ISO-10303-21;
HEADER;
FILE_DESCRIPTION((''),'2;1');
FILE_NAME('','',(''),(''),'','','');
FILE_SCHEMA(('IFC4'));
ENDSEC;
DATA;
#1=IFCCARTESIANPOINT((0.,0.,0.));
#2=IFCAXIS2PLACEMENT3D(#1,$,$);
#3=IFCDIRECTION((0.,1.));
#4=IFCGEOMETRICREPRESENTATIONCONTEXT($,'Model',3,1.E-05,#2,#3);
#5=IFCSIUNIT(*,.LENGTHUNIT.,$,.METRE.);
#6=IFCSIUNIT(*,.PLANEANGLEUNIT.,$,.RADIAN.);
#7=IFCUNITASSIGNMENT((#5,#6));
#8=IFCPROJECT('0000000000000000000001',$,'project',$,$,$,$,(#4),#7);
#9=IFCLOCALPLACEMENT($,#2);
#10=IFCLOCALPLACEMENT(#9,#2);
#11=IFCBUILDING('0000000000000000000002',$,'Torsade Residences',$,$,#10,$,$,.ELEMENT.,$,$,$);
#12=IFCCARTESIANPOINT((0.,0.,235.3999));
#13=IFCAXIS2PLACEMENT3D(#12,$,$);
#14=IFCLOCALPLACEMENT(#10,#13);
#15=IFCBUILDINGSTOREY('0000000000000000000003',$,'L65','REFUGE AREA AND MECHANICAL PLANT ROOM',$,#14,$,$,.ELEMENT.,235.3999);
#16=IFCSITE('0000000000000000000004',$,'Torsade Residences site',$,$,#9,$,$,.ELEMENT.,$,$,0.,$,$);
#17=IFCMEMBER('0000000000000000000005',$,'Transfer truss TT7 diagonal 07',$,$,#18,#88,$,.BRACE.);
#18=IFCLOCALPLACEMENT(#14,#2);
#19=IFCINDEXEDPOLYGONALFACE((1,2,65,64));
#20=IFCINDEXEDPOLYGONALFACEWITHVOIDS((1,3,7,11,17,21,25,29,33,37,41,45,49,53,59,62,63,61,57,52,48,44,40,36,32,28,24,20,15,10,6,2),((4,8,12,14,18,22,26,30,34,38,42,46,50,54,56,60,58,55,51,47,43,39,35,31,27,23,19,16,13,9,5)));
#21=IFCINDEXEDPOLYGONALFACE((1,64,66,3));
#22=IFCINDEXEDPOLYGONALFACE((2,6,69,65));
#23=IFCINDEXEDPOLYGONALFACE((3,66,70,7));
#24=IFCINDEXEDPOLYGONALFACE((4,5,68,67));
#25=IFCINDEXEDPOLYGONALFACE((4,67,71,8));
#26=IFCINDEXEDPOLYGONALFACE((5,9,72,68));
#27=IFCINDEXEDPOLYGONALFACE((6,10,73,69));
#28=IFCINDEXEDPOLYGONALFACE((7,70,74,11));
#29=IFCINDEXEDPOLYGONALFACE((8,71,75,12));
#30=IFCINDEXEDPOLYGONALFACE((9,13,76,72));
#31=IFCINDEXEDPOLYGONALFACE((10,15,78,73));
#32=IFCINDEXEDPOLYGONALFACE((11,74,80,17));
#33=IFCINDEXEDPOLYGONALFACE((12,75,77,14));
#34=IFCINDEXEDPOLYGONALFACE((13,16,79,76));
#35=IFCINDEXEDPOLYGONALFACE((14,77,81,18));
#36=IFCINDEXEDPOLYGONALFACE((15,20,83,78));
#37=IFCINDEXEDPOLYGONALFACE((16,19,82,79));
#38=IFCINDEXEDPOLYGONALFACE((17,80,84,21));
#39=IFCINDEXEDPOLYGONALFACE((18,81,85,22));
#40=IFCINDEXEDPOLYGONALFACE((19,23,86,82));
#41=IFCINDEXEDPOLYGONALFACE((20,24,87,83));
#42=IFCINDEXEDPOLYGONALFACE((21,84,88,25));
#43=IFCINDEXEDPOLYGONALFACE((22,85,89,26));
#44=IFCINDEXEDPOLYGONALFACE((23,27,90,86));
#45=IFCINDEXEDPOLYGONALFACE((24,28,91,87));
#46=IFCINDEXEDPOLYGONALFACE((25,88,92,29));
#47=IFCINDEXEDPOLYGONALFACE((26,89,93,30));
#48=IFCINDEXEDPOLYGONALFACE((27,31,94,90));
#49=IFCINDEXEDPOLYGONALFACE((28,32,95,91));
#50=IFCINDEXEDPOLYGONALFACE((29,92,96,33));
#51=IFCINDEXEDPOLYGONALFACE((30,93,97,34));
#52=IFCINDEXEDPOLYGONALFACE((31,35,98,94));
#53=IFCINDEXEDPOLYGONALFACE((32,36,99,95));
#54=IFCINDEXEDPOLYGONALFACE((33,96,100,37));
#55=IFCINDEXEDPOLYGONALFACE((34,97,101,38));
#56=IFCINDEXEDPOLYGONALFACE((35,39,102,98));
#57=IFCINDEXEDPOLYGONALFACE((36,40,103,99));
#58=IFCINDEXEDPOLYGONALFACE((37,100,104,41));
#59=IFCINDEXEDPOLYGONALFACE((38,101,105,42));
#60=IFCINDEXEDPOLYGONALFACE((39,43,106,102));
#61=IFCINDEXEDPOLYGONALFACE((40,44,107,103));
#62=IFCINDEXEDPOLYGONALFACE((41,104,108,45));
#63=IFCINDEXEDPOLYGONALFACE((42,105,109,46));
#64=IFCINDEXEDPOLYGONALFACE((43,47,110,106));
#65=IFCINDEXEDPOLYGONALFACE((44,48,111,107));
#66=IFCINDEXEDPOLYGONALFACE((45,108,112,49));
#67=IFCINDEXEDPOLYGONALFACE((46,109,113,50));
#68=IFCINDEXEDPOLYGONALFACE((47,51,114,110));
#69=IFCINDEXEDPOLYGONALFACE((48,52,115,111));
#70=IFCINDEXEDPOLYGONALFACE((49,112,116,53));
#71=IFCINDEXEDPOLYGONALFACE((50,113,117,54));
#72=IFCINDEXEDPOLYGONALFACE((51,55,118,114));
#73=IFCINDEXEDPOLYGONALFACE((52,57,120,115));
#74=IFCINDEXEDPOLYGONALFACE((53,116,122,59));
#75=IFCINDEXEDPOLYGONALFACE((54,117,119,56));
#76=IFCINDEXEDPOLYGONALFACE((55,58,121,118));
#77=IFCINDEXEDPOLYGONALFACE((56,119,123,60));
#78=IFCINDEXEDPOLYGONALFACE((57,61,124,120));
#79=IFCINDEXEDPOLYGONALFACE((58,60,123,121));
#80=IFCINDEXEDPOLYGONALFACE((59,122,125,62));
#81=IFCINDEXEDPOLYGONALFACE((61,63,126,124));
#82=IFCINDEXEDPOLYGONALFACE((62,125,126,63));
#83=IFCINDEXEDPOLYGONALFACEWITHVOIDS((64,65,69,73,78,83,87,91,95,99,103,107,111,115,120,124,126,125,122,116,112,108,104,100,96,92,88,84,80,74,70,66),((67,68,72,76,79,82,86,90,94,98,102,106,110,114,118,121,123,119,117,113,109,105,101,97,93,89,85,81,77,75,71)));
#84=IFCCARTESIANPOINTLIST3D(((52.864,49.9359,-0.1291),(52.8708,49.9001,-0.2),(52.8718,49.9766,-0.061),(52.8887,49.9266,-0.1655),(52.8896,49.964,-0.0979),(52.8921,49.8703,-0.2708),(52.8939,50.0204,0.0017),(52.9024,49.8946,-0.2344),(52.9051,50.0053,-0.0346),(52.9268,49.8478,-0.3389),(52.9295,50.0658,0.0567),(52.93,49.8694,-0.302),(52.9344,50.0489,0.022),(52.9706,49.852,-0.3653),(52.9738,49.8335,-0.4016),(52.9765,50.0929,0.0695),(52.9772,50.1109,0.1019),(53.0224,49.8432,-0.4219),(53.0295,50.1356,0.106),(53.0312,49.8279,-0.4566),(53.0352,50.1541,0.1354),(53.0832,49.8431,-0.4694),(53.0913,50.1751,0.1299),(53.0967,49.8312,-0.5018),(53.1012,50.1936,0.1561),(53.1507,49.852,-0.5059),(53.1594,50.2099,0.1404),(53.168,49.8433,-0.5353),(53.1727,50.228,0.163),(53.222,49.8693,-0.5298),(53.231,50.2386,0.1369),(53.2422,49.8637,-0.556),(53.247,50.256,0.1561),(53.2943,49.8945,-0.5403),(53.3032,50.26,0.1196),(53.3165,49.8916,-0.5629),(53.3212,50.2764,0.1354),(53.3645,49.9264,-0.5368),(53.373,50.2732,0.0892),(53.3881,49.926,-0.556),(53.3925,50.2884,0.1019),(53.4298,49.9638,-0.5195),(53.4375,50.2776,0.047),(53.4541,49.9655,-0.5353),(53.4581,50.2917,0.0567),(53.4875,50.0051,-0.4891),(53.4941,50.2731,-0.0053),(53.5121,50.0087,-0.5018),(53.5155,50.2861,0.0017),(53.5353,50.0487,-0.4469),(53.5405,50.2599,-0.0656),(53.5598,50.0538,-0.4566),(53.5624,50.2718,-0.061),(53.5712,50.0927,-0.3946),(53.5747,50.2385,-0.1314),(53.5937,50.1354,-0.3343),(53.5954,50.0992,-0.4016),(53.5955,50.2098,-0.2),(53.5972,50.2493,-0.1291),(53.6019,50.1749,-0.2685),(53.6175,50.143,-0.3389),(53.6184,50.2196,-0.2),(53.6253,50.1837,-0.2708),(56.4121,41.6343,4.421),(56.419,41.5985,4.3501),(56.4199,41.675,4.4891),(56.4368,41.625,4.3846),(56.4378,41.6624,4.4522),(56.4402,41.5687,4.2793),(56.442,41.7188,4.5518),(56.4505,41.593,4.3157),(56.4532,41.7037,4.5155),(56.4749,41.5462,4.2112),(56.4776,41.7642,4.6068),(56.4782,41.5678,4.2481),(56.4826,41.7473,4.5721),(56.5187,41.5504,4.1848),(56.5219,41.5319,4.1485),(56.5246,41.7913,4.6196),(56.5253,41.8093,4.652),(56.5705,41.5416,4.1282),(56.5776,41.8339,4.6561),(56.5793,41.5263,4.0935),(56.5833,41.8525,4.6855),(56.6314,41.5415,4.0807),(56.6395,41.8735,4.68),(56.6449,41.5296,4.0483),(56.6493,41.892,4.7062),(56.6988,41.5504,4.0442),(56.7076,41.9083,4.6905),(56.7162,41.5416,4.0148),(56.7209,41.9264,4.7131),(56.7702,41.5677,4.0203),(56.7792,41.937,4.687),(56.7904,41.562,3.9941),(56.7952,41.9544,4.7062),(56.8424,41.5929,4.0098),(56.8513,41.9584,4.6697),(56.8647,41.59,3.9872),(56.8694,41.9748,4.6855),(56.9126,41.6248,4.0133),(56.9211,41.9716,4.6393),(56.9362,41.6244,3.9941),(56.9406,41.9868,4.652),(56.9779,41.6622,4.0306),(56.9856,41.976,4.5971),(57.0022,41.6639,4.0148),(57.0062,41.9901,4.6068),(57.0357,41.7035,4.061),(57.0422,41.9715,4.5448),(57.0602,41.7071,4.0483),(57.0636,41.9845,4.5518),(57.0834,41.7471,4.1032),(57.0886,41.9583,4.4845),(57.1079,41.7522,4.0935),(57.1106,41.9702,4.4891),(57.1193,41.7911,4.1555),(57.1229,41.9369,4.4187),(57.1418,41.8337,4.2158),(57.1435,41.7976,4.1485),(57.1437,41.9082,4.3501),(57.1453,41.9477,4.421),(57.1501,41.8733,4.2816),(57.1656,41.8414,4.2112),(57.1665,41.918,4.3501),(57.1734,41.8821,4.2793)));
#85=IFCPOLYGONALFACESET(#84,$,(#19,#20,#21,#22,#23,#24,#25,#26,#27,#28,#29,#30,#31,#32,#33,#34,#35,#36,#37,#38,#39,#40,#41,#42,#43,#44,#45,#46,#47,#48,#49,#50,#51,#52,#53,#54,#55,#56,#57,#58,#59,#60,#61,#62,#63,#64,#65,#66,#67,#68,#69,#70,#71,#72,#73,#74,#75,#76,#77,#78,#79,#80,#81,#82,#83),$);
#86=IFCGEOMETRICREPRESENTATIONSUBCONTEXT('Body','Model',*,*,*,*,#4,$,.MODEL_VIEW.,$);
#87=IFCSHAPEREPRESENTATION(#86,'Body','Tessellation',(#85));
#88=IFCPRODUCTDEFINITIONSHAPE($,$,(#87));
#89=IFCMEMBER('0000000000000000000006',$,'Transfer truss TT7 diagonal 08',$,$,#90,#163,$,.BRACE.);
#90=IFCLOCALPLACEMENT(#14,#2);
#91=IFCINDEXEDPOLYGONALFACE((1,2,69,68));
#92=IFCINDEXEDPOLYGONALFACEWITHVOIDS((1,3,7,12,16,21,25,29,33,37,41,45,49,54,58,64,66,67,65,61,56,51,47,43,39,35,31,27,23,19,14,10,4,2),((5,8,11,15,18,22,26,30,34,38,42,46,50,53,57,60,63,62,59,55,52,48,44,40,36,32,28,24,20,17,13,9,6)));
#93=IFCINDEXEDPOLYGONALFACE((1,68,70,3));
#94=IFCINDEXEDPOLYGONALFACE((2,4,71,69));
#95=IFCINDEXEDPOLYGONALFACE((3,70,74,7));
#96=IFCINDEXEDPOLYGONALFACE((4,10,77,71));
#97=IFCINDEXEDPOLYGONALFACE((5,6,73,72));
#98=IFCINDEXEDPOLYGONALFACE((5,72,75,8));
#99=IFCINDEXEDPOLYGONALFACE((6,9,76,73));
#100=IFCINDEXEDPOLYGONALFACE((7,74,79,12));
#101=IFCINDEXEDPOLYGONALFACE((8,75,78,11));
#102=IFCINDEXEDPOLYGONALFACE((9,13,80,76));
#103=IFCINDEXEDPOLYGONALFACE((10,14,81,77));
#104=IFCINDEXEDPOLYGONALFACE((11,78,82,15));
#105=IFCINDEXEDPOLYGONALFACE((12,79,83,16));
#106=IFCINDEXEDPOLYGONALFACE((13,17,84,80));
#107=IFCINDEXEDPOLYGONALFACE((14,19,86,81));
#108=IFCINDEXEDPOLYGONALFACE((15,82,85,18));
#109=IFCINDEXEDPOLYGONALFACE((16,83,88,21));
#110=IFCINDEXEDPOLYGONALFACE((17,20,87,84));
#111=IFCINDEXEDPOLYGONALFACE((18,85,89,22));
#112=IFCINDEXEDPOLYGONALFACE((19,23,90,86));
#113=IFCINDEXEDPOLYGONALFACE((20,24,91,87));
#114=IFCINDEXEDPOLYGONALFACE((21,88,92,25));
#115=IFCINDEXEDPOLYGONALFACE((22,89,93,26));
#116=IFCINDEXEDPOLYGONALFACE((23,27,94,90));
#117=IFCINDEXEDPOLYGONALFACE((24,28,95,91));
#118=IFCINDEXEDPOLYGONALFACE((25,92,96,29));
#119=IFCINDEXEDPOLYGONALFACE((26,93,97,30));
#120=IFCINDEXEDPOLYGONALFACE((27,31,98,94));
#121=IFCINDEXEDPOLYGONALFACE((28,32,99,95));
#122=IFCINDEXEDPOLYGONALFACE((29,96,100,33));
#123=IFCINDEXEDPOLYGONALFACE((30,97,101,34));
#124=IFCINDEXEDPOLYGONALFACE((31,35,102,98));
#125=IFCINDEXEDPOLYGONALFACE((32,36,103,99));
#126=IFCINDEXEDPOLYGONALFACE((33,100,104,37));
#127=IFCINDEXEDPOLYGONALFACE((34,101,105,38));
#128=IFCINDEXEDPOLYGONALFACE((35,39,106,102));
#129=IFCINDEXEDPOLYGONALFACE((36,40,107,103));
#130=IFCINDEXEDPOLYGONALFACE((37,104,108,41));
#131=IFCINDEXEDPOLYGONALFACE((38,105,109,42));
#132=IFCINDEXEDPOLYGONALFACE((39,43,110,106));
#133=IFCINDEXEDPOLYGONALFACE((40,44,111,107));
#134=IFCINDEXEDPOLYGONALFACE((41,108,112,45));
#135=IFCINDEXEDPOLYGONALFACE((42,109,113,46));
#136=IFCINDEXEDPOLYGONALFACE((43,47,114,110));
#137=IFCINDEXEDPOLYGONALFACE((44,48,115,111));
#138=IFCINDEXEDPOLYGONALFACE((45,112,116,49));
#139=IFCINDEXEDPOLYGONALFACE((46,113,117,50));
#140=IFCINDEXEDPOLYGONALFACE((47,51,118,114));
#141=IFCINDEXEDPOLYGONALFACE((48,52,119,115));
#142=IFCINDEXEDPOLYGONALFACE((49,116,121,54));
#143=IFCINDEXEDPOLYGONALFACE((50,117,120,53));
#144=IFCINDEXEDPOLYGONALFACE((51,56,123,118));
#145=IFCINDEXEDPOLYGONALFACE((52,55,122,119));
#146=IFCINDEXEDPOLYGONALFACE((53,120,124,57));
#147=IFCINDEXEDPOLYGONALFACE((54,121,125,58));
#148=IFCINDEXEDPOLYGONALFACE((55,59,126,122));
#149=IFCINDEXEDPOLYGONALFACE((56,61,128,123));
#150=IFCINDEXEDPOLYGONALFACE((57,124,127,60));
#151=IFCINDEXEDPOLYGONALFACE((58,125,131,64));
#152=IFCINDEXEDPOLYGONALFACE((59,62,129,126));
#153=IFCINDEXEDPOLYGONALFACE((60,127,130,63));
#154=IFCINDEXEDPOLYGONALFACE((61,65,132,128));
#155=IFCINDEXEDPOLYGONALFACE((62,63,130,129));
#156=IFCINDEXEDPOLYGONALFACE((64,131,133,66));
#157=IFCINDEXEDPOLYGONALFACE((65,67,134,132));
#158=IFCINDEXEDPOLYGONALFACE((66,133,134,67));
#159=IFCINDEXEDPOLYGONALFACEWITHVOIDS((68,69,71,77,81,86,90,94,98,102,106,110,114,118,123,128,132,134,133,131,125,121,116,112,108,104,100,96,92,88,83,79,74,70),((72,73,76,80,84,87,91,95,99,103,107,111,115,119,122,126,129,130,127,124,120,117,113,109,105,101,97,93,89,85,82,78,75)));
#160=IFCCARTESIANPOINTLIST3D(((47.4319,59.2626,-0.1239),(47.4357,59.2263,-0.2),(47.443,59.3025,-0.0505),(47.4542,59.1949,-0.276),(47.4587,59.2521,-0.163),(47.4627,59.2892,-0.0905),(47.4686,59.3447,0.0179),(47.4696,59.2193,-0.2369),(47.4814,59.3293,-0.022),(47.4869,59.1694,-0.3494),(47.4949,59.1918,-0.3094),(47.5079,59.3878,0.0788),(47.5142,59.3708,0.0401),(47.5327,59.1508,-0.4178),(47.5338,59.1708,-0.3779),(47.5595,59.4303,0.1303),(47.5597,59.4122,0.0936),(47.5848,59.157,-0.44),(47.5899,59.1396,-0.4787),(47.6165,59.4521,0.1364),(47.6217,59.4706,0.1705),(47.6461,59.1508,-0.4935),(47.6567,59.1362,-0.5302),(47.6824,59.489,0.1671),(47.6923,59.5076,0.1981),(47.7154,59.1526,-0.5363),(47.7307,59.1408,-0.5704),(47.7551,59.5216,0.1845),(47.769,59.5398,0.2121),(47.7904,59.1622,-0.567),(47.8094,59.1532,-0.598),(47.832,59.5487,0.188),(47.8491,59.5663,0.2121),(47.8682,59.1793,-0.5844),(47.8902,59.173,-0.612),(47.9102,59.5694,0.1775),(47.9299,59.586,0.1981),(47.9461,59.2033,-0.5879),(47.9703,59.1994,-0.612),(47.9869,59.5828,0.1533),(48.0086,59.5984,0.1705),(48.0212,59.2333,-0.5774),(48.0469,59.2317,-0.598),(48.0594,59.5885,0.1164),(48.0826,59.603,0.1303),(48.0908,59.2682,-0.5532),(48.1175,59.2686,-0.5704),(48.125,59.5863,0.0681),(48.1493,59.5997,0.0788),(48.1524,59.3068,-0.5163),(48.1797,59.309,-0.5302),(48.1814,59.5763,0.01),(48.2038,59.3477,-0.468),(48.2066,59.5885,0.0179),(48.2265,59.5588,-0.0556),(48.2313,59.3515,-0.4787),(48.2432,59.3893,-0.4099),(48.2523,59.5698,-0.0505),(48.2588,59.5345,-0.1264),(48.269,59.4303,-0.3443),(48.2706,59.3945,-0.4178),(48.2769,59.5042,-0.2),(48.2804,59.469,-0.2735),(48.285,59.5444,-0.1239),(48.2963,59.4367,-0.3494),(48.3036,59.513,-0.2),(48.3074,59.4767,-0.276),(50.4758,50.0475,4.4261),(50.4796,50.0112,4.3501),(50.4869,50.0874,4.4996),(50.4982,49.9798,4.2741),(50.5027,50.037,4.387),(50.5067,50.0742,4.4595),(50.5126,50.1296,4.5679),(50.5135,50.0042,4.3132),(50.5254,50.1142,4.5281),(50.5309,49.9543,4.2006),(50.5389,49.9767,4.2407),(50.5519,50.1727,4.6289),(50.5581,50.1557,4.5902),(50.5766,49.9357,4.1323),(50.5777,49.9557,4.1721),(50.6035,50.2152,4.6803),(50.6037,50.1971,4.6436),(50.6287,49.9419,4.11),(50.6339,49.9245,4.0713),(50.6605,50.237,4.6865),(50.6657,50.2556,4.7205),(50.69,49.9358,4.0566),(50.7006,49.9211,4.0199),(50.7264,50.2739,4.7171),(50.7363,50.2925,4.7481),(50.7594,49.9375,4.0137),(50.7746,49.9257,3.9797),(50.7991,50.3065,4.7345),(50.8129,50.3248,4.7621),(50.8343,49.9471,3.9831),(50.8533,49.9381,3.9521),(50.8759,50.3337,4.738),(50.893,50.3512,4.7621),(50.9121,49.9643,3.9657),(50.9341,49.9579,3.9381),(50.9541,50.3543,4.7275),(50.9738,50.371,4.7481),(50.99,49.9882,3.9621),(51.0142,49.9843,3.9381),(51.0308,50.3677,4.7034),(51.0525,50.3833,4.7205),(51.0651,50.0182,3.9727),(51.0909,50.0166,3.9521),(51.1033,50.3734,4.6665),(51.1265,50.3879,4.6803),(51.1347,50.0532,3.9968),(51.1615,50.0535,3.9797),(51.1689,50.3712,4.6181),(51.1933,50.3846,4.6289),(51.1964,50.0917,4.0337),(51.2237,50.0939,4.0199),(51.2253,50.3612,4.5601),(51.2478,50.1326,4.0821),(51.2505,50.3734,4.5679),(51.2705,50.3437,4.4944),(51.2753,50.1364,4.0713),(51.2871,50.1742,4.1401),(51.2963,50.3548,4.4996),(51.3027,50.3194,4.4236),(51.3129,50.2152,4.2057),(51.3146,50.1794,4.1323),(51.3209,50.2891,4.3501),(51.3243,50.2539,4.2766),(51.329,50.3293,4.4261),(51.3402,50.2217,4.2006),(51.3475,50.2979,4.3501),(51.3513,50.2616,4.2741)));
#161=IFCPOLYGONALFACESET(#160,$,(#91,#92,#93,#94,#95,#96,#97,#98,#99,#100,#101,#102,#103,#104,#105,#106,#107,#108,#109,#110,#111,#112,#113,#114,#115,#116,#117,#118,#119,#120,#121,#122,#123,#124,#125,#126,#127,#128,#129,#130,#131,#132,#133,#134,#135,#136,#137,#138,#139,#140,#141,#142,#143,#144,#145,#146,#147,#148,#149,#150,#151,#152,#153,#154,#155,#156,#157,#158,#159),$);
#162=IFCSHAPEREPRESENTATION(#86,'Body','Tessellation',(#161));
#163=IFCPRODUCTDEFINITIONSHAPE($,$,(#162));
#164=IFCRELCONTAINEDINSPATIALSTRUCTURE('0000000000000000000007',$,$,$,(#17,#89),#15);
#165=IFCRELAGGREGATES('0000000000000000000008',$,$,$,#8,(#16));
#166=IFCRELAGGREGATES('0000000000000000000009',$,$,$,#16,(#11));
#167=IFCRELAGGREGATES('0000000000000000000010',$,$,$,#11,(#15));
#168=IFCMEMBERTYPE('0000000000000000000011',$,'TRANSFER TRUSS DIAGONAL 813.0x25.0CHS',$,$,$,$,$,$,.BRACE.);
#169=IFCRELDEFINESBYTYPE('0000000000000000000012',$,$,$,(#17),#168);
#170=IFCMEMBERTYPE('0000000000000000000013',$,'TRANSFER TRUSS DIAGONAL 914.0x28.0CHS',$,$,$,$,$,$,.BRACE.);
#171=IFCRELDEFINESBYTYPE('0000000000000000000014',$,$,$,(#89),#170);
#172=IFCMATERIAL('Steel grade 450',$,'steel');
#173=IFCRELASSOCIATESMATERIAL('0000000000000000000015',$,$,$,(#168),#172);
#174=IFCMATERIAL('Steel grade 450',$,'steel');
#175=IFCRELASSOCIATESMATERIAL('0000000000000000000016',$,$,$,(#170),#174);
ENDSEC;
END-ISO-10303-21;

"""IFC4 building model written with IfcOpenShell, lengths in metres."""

from ifc_helpers import new_model, si_unit, direction, frame, origin, origin_2d, place, context, subcontext, project, spatial, hollow_circle, extrude, material, material_profile, profile_set, type_object, element, save


model = new_model("IFC4")

# Units and contexts
model_context = context("Model", 3, precision=1e-05, world=origin(), true_north=direction((0.0, 1.0)))
body_context = subcontext(model_context, "Body", "Model", "MODEL_VIEW")
ifc_project = project(units=[si_unit("LENGTHUNIT", "METRE"), si_unit("PLANEANGLEUNIT", "RADIAN")], contexts=[model_context])

# Site, building, storey
site_placement = place(None, origin())
site = spatial("IfcSite", under=ifc_project, at=site_placement, Name="Torsade Residences site", CompositionType="ELEMENT", RefElevation=0.0)
building_placement = place(site_placement, origin())
building = spatial("IfcBuilding", under=site, at=building_placement, Name="Torsade Residences", CompositionType="ELEMENT")
storey_placement = place(building_placement, frame((0.0, 0.0, 235.3999)))
storey = spatial("IfcBuildingStorey", under=building, at=storey_placement, Name="L65", Description="REFUGE AREA AND MECHANICAL PLANT ROOM", CompositionType="ELEMENT", Elevation=235.3999)

# Members
ifc_material_1 = material(Name="Steel grade 450", Category="steel")
ifc_material_profile_1 = material_profile(ifc_material_1, hollow_circle(Radius=0.4065, WallThickness=0.0249, at=origin_2d()), Name="813.0x25.0CHS")
ifc_profile_set_1 = profile_set([ifc_material_profile_1], Name="Steel grade 450")
member_type_1 = type_object("IfcMemberType", Name="TRANSFER TRUSS DIAGONAL 813.0x25.0CHS", PredefinedType="BRACE", material=ifc_profile_set_1)
member_1_placement = place(storey_placement, frame((53.2446, 50.0598, -0.2), z_axis=(0.350958, -0.821139, 0.450065), x_axis=(0.919533, 0.393012, 0.0)))
element("IfcMember", 1, at=member_1_placement, inside=storey, type_object=member_type_1, Name="Transfer truss TT7 diagonal 07", PredefinedType="BRACE", context=body_context, shape_type="SweptSolid", body=[
    extrude(hollow_circle(Radius=0.4065, WallThickness=0.0249, at=origin_2d()), origin(), (0.0, 0.0, 1.0), 10.1099),
])
ifc_material_2 = material(Name="Steel grade 450", Category="steel")
ifc_material_profile_2 = material_profile(ifc_material_2, hollow_circle(Radius=0.457, WallThickness=0.0281, at=origin_2d()), Name="914.0x28.0CHS")
ifc_profile_set_2 = profile_set([ifc_material_profile_2], Name="Steel grade 450")
member_type_2 = type_object("IfcMemberType", Name="TRANSFER TRUSS DIAGONAL 914.0x28.0CHS", PredefinedType="BRACE", material=ifc_profile_set_2)
member_2_placement = place(storey_placement, frame((47.8696, 59.3696, -0.2), z_axis=(0.28399, -0.859736, 0.424504), x_axis=(0.949538, 0.313653, 0.0)))
element("IfcMember", 2, at=member_2_placement, inside=storey, type_object=member_type_2, Name="Transfer truss TT7 diagonal 08", PredefinedType="BRACE", context=body_context, shape_type="SweptSolid", body=[
    extrude(hollow_circle(Radius=0.457, WallThickness=0.0281, at=origin_2d()), origin(), (0.0, 0.0, 1.0), 10.7185),
])

save(model, "model.ifc")
